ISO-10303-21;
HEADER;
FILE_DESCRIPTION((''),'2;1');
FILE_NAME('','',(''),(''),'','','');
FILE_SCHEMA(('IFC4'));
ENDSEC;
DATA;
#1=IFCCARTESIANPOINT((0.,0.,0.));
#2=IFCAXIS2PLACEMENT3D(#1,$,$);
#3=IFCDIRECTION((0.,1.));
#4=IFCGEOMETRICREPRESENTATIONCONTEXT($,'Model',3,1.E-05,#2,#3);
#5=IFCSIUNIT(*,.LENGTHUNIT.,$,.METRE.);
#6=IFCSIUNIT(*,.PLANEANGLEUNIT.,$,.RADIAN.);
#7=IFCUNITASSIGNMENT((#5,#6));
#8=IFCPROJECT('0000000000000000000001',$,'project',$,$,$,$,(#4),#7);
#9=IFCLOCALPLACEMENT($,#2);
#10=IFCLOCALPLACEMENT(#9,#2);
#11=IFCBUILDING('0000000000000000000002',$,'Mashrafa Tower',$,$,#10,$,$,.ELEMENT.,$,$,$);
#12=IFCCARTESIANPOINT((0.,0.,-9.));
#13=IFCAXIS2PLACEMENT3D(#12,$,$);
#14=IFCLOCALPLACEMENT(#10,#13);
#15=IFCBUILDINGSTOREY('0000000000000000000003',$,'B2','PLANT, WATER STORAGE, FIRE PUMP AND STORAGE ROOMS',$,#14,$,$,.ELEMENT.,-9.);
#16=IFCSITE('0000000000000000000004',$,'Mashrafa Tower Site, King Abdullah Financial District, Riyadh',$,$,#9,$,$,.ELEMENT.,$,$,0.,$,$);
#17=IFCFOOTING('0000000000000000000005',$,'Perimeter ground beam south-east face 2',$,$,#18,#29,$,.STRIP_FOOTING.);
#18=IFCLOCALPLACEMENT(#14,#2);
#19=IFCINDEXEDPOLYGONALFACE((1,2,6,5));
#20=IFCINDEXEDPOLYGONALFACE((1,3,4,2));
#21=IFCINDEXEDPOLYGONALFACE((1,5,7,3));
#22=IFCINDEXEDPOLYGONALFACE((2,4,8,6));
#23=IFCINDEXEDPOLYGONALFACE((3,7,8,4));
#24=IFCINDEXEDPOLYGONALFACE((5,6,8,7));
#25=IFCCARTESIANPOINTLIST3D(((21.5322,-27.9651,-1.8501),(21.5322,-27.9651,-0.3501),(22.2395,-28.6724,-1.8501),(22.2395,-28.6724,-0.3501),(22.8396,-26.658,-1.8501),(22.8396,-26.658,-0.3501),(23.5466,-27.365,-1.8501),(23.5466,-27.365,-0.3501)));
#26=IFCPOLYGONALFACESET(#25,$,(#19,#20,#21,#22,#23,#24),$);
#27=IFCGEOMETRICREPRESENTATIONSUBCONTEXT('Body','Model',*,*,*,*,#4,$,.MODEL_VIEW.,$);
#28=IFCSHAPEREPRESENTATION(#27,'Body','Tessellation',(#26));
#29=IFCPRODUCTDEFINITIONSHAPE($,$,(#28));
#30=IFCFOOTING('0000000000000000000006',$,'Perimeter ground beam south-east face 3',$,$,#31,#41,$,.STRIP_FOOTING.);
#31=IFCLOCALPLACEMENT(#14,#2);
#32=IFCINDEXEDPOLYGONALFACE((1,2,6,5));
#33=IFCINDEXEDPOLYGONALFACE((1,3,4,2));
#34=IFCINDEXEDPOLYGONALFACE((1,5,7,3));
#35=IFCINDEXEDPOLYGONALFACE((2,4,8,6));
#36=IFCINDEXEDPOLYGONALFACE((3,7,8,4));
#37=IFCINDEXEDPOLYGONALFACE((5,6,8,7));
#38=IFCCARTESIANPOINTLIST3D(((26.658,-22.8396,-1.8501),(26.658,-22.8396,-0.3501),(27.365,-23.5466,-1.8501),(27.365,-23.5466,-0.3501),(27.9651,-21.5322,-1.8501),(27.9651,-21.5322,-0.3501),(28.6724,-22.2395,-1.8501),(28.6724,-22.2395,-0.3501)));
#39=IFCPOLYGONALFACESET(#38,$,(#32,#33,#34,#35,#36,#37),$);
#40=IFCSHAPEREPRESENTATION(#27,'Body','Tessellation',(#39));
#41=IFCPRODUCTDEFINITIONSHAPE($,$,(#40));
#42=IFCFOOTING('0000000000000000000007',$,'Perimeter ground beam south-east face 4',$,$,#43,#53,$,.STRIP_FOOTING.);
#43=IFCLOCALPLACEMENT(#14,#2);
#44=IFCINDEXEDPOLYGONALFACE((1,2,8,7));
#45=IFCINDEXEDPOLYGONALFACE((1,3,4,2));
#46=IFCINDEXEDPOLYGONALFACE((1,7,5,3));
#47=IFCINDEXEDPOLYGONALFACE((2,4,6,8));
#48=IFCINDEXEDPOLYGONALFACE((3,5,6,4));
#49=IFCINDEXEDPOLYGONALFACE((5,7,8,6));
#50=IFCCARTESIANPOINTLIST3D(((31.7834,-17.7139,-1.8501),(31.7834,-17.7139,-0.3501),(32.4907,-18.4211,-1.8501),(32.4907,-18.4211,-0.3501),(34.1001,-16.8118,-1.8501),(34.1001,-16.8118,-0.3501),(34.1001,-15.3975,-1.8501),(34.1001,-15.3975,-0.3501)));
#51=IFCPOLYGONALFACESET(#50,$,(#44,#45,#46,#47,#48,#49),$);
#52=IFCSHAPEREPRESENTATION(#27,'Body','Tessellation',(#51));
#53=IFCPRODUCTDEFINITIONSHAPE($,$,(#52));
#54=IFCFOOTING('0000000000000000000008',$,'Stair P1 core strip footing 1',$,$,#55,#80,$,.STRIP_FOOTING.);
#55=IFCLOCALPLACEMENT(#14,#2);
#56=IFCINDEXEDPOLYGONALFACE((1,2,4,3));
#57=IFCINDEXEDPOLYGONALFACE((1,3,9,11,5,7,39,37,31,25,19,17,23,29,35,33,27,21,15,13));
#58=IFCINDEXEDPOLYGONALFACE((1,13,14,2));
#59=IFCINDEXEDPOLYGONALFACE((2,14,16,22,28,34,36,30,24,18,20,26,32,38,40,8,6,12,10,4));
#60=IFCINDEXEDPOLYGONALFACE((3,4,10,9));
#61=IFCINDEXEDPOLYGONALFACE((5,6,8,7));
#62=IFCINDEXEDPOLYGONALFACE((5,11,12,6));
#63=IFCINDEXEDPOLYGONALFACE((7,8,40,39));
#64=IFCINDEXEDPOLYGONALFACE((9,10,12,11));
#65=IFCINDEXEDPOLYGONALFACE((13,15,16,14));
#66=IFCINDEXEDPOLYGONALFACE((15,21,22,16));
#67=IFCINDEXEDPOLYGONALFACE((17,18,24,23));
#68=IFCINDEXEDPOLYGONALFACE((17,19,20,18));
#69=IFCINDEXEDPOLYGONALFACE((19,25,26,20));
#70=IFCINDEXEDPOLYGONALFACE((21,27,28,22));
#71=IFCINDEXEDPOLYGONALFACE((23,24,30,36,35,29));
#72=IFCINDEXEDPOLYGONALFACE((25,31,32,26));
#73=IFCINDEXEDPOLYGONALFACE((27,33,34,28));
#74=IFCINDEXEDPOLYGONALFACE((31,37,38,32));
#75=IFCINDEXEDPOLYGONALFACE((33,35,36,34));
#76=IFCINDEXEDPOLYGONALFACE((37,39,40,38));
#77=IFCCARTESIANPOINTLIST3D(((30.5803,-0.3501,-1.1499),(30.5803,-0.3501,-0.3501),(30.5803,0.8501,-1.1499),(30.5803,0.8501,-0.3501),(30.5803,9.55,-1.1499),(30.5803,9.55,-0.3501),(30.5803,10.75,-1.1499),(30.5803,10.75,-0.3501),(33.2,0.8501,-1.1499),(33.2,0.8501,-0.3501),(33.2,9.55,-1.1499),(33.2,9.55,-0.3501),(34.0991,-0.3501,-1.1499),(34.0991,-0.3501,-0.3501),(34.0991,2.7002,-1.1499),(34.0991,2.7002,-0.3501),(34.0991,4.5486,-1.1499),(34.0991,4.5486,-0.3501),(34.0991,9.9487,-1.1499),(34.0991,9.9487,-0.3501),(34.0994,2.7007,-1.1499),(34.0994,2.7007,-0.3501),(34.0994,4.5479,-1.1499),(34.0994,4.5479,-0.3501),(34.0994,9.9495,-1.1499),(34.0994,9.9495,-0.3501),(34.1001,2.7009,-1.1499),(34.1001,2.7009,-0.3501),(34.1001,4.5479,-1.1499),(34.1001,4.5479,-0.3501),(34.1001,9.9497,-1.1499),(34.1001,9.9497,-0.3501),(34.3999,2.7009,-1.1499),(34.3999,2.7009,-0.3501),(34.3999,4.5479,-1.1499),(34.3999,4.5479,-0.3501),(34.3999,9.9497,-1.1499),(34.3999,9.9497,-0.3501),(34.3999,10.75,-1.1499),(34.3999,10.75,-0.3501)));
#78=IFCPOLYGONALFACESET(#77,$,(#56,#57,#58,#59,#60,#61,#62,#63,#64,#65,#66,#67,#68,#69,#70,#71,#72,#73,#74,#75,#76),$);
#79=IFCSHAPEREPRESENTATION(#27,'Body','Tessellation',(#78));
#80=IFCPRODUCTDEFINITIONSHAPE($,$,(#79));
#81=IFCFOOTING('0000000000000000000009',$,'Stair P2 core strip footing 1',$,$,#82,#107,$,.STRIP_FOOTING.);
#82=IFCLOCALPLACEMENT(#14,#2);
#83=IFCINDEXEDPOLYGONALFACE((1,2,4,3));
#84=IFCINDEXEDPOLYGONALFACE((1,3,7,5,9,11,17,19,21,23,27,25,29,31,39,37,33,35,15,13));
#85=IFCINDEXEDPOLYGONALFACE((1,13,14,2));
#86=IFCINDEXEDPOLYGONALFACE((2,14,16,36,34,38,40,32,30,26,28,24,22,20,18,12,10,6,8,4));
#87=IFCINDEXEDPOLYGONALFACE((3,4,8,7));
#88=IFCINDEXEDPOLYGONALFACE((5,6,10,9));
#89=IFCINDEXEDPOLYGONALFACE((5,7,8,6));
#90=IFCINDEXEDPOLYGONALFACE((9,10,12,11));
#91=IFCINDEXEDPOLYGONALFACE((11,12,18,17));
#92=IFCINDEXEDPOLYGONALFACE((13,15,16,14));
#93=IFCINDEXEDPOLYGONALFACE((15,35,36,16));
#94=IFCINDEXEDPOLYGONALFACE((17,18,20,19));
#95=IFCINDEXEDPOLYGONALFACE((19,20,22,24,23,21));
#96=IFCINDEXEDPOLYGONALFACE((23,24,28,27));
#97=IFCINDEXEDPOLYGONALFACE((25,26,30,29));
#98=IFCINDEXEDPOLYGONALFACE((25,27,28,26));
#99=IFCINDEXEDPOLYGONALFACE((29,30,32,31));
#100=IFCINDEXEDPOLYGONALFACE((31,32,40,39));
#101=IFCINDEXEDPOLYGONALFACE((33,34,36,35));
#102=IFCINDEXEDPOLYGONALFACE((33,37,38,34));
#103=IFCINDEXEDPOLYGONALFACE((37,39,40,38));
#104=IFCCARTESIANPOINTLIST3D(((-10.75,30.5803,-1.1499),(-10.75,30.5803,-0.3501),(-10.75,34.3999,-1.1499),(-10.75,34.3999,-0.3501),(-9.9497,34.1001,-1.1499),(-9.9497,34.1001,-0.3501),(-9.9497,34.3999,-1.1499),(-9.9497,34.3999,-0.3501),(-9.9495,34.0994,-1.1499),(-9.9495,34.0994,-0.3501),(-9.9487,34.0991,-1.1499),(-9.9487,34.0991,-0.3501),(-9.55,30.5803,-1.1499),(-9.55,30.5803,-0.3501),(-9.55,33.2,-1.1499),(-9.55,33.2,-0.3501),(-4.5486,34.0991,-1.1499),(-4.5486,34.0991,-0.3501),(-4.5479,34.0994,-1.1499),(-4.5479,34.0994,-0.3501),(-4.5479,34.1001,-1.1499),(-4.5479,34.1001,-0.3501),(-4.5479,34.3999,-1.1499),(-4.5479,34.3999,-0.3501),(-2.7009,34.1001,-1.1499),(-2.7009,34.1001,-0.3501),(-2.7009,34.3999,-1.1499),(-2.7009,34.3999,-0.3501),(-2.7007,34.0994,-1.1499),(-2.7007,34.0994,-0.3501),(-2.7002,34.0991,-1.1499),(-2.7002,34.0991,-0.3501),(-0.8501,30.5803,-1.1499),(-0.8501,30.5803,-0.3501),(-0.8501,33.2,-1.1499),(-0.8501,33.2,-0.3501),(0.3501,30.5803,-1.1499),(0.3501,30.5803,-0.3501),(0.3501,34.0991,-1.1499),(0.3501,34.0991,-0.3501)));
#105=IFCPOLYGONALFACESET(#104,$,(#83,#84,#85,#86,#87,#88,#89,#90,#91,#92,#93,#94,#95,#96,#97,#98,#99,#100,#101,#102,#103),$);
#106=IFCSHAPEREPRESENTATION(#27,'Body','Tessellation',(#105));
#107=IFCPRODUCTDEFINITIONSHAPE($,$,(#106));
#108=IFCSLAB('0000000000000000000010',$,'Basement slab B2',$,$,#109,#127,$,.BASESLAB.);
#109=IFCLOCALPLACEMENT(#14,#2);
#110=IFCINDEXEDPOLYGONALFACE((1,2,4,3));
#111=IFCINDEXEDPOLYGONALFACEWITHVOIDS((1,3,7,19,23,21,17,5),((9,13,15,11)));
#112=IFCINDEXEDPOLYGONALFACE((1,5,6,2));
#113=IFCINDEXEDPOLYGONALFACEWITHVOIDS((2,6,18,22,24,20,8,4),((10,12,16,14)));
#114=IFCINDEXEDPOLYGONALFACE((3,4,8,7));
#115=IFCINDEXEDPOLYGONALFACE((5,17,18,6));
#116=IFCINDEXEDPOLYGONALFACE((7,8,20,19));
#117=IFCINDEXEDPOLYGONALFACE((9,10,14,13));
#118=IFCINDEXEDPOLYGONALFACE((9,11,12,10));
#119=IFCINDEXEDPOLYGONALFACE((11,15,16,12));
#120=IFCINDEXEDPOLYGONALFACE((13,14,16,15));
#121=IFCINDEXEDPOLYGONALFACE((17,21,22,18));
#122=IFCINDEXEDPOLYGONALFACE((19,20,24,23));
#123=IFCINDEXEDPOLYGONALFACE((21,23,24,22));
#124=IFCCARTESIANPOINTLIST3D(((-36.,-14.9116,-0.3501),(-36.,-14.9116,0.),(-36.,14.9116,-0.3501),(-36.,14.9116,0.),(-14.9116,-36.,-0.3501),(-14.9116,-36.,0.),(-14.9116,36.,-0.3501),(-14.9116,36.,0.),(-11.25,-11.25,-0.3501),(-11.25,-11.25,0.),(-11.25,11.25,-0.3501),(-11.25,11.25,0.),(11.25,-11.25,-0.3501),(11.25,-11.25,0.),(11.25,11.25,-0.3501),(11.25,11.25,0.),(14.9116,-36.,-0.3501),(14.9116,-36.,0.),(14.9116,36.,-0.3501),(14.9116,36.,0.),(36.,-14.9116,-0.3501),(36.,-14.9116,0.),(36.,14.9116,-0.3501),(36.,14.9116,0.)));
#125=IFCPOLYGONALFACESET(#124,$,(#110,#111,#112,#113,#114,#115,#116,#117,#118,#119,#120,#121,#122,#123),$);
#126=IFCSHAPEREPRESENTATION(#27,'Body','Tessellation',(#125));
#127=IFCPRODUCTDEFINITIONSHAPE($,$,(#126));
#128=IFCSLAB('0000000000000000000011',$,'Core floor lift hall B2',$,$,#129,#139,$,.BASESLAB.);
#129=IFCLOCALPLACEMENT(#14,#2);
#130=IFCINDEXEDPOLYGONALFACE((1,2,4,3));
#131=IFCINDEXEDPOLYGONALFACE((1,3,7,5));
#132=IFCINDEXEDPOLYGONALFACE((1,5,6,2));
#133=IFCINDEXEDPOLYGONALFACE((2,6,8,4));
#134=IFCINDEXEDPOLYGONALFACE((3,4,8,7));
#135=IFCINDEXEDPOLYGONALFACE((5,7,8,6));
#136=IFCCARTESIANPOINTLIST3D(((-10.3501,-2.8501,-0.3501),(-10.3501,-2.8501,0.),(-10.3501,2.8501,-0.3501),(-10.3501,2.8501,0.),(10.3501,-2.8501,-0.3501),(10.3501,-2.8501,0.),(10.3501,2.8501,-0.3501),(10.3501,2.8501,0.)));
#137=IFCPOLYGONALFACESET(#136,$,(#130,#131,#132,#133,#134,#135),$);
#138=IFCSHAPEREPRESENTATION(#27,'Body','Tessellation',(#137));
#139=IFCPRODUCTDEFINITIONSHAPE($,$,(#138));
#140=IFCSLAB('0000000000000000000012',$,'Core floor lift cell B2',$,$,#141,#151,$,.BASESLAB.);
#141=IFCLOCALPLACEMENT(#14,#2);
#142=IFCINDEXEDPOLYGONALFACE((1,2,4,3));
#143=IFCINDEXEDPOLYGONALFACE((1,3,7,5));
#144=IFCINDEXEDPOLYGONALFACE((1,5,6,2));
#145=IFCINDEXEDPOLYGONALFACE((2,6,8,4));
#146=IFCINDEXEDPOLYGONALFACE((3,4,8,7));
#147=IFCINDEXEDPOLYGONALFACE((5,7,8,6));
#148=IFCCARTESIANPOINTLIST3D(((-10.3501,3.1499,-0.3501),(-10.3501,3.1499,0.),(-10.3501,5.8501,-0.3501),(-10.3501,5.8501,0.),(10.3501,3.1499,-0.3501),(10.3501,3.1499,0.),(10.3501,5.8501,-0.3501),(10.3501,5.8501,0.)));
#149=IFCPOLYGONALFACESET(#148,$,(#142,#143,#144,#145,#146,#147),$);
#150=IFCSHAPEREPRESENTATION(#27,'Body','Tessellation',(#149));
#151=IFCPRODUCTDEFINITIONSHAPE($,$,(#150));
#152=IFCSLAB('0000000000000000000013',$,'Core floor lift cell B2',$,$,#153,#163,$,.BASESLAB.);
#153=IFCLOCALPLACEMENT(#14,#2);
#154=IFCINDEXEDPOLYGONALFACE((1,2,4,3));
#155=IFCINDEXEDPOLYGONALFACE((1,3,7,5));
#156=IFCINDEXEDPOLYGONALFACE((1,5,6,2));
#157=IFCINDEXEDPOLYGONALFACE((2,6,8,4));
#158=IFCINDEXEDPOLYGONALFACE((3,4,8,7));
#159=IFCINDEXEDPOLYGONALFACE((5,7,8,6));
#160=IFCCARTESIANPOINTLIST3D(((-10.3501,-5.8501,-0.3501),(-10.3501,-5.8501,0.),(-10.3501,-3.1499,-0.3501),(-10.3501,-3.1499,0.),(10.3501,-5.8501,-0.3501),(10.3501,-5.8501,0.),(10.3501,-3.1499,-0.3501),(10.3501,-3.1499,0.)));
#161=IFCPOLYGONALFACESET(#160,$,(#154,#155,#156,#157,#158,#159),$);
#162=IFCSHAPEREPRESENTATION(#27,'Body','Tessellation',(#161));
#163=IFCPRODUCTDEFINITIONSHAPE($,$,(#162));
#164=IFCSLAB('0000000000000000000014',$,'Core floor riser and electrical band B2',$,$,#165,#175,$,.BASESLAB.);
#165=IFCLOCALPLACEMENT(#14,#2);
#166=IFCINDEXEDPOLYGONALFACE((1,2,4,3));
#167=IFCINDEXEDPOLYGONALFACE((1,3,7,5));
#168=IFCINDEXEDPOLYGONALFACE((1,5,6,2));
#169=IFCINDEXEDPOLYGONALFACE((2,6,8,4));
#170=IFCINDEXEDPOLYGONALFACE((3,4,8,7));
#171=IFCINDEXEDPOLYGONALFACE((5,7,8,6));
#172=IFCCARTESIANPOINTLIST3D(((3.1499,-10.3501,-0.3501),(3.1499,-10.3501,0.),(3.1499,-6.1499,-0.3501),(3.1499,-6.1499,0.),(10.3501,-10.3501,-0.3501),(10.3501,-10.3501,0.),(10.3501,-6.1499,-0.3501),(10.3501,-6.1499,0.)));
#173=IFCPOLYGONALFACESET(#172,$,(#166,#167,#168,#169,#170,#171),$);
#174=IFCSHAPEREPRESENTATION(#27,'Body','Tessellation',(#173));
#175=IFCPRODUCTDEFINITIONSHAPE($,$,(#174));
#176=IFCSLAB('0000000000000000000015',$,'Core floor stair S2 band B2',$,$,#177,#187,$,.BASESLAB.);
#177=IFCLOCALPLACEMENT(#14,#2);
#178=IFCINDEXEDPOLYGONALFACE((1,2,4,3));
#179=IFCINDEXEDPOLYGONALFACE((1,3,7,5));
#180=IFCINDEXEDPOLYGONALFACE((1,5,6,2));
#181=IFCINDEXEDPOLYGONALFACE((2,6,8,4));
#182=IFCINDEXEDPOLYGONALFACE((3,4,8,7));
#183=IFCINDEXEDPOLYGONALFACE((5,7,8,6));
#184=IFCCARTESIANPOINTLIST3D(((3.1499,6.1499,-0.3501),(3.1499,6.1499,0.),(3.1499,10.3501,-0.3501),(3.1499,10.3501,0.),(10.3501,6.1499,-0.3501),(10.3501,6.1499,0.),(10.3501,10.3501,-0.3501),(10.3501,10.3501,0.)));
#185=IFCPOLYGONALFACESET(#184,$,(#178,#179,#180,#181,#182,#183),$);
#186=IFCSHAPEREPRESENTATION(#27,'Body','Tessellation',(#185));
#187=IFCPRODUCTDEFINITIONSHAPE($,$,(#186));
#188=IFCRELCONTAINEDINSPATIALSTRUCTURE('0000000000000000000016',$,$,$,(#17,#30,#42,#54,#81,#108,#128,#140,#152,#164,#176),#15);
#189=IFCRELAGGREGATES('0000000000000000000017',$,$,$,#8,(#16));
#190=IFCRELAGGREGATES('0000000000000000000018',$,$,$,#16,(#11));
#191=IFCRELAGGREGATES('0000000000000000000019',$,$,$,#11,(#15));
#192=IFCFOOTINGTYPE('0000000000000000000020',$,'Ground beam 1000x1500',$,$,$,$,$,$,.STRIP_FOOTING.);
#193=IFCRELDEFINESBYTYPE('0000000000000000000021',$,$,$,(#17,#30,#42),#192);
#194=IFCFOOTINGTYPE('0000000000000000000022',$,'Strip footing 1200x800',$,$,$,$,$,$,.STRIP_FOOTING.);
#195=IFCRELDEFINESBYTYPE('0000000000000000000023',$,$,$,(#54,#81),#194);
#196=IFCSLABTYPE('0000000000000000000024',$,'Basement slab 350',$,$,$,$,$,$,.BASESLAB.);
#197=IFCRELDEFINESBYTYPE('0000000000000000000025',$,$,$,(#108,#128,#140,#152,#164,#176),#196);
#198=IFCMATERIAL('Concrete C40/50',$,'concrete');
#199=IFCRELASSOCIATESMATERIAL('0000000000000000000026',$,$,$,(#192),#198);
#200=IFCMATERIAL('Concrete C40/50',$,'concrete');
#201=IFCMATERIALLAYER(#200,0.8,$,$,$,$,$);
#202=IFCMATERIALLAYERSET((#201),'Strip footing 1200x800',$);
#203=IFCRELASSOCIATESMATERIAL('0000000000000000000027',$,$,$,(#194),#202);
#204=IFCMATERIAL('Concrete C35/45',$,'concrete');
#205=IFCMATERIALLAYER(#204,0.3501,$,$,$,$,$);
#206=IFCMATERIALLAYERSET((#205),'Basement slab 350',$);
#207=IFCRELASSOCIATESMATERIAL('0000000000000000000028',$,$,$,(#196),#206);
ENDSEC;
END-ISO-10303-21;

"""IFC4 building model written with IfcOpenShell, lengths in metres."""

from ifc_helpers import new_model, si_unit, direction, frame, origin, place, context, subcontext, project, spatial, polyline, outline, extrude, material, layer, layer_set, type_object, element, save


model = new_model("IFC4")

# Units and contexts
model_context = context("Model", 3, precision=1e-05, world=origin(), true_north=direction((0.0, 1.0)))
body_context = subcontext(model_context, "Body", "Model", "MODEL_VIEW")
ifc_project = project(units=[si_unit("LENGTHUNIT", "METRE"), si_unit("PLANEANGLEUNIT", "RADIAN")], contexts=[model_context])

# Site, building, storey
site_placement = place(None, origin())
site = spatial("IfcSite", under=ifc_project, at=site_placement, Name="Mashrafa Tower Site, King Abdullah Financial District, Riyadh", CompositionType="ELEMENT", RefElevation=0.0)
building_placement = place(site_placement, origin())
building = spatial("IfcBuilding", under=site, at=building_placement, Name="Mashrafa Tower", CompositionType="ELEMENT")
storey_placement = place(building_placement, frame((0.0, 0.0, -9.0)))
storey = spatial("IfcBuildingStorey", under=building, at=storey_placement, Name="B2", Description="PLANT, WATER STORAGE, FIRE PUMP AND STORAGE ROOMS", CompositionType="ELEMENT", Elevation=-9.0)

# Footings
ifc_material_1 = material(Name="Concrete C40/50", Category="concrete")
footing_type_1 = type_object("IfcFootingType", Name="Ground beam 1000x1500", PredefinedType="STRIP_FOOTING", material=ifc_material_1)
footing_1_placement = place(storey_placement, frame((0.0, 0.0, -1.8501)))
element("IfcFooting", 1, at=footing_1_placement, inside=storey, type_object=footing_type_1, Name="Perimeter ground beam south-east face 2", PredefinedType="STRIP_FOOTING", context=body_context, shape_type="SweptSolid", body=[
    extrude(outline(polyline([(22.8396, -26.658), (23.5466, -27.365), (22.2395, -28.6724), (21.5322, -27.9651), (22.8396, -26.658)])), origin(), (0.0, 0.0, 1.0), 1.5),
])
footing_2_placement = place(storey_placement, frame((0.0, 0.0, -1.8501)))
element("IfcFooting", 2, at=footing_2_placement, inside=storey, type_object=footing_type_1, Name="Perimeter ground beam south-east face 3", PredefinedType="STRIP_FOOTING", context=body_context, shape_type="SweptSolid", body=[
    extrude(outline(polyline([(27.9651, -21.5322), (28.6724, -22.2395), (27.365, -23.5466), (26.658, -22.8396), (27.9651, -21.5322)])), origin(), (0.0, 0.0, 1.0), 1.5),
])
footing_3_placement = place(storey_placement, frame((0.0, 0.0, -1.8501)))
element("IfcFooting", 3, at=footing_3_placement, inside=storey, type_object=footing_type_1, Name="Perimeter ground beam south-east face 4", PredefinedType="STRIP_FOOTING", context=body_context, shape_type="SweptSolid", body=[
    extrude(outline(polyline([(34.1001, -15.3975), (34.1001, -16.8118), (32.4907, -18.4211), (31.7834, -17.7139), (34.1001, -15.3975)])), origin(), (0.0, 0.0, 1.0), 1.5),
])
ifc_material_2 = material(Name="Concrete C40/50", Category="concrete")
ifc_layer_1 = layer(ifc_material_2, 0.8)
ifc_layer_set_1 = layer_set([ifc_layer_1], Name="Strip footing 1200x800")
footing_type_2 = type_object("IfcFootingType", Name="Strip footing 1200x800", PredefinedType="STRIP_FOOTING", material=ifc_layer_set_1)
footing_4_placement = place(storey_placement, frame((0.0, 0.0, -1.1499)))
element("IfcFooting", 4, at=footing_4_placement, inside=storey, type_object=footing_type_2, Name="Stair P1 core strip footing 1", PredefinedType="STRIP_FOOTING", context=body_context, shape_type="SweptSolid", body=[
    extrude(outline(polyline([(34.3999, 10.75), (34.3999, 9.9497), (34.1001, 9.9497), (34.0994, 9.9495), (34.0991, 9.9487), (34.0991, 4.5486), (34.0994, 4.5479), (34.1001, 4.5479), (34.3999, 4.5479), (34.3999, 2.7009), (34.1001, 2.7009), (34.0994, 2.7007), (34.0991, 2.7002), (34.0991, -0.3501), (30.5803, -0.3501), (30.5803, 0.8501), (33.2, 0.8501), (33.2, 9.55), (30.5803, 9.55), (30.5803, 10.75), (34.3999, 10.75)])), origin(), (0.0, 0.0, 1.0), 0.7998),
])
footing_5_placement = place(storey_placement, frame((0.0, 0.0, -1.1499)))
element("IfcFooting", 5, at=footing_5_placement, inside=storey, type_object=footing_type_2, Name="Stair P2 core strip footing 1", PredefinedType="STRIP_FOOTING", context=body_context, shape_type="SweptSolid", body=[
    extrude(outline(polyline([(-10.75, 34.3999), (-9.9497, 34.3999), (-9.9497, 34.1001), (-9.9495, 34.0994), (-9.9487, 34.0991), (-4.5486, 34.0991), (-4.5479, 34.0994), (-4.5479, 34.1001), (-4.5479, 34.3999), (-2.7009, 34.3999), (-2.7009, 34.1001), (-2.7007, 34.0994), (-2.7002, 34.0991), (0.3501, 34.0991), (0.3501, 30.5803), (-0.8501, 30.5803), (-0.8501, 33.2), (-9.55, 33.2), (-9.55, 30.5803), (-10.75, 30.5803), (-10.75, 34.3999)])), origin(), (0.0, 0.0, 1.0), 0.7998),
])

# Slabs
ifc_material_3 = material(Name="Concrete C35/45", Category="concrete")
ifc_layer_2 = layer(ifc_material_3, 0.3501)
ifc_layer_set_2 = layer_set([ifc_layer_2], Name="Basement slab 350")
slab_type = type_object("IfcSlabType", Name="Basement slab 350", PredefinedType="BASESLAB", material=ifc_layer_set_2)
slab_1_placement = place(storey_placement, frame((0.0, 0.0, -0.3501)))
element("IfcSlab", 6, at=slab_1_placement, inside=storey, type_object=slab_type, Name="Basement slab B2", PredefinedType="BASESLAB", context=body_context, shape_type="SweptSolid", body=[
    extrude(outline(polyline([(14.9116, -36.0), (-14.9116, -36.0), (-36.0, -14.9116), (-36.0, 14.9116), (-14.9116, 36.0), (14.9116, 36.0), (36.0, 14.9116), (36.0, -14.9116), (14.9116, -36.0)]), holes=[polyline([(-11.25, -11.25), (11.25, -11.25), (11.25, 11.25), (-11.25, 11.25), (-11.25, -11.25)])]), origin(), (0.0, 0.0, 1.0), 0.3501),
])
slab_2_placement = place(storey_placement, frame((0.0, 0.0, -0.3501)))
element("IfcSlab", 7, at=slab_2_placement, inside=storey, type_object=slab_type, Name="Core floor lift hall B2", PredefinedType="BASESLAB", context=body_context, shape_type="SweptSolid", body=[
    extrude(outline(polyline([(10.3501, 2.8501), (10.3501, -2.8501), (-10.3501, -2.8501), (-10.3501, 2.8501), (10.3501, 2.8501)])), origin(), (0.0, 0.0, 1.0), 0.3501),
])
slab_3_placement = place(storey_placement, frame((0.0, 0.0, -0.3501)))
element("IfcSlab", 8, at=slab_3_placement, inside=storey, type_object=slab_type, Name="Core floor lift cell B2", PredefinedType="BASESLAB", context=body_context, shape_type="SweptSolid", body=[
    extrude(outline(polyline([(-10.3501, 5.8501), (10.3501, 5.8501), (10.3501, 3.1499), (-10.3501, 3.1499), (-10.3501, 5.8501)])), origin(), (0.0, 0.0, 1.0), 0.3501),
])
slab_4_placement = place(storey_placement, frame((0.0, 0.0, -0.3501)))
element("IfcSlab", 9, at=slab_4_placement, inside=storey, type_object=slab_type, Name="Core floor lift cell B2", PredefinedType="BASESLAB", context=body_context, shape_type="SweptSolid", body=[
    extrude(outline(polyline([(-10.3501, -3.1499), (10.3501, -3.1499), (10.3501, -5.8501), (-10.3501, -5.8501), (-10.3501, -3.1499)])), origin(), (0.0, 0.0, 1.0), 0.3501),
])
slab_5_placement = place(storey_placement, frame((0.0, 0.0, -0.3501)))
element("IfcSlab", 10, at=slab_5_placement, inside=storey, type_object=slab_type, Name="Core floor riser and electrical band B2", PredefinedType="BASESLAB", context=body_context, shape_type="SweptSolid", body=[
    extrude(outline(polyline([(3.1499, -10.3501), (3.1499, -6.1499), (10.3501, -6.1499), (10.3501, -10.3501), (3.1499, -10.3501)])), origin(), (0.0, 0.0, 1.0), 0.3501),
])
slab_6_placement = place(storey_placement, frame((0.0, 0.0, -0.3501)))
element("IfcSlab", 11, at=slab_6_placement, inside=storey, type_object=slab_type, Name="Core floor stair S2 band B2", PredefinedType="BASESLAB", context=body_context, shape_type="SweptSolid", body=[
    extrude(outline(polyline([(10.3501, 10.3501), (10.3501, 6.1499), (3.1499, 6.1499), (3.1499, 10.3501), (10.3501, 10.3501)])), origin(), (0.0, 0.0, 1.0), 0.3501),
])

save(model, "model.ifc")
